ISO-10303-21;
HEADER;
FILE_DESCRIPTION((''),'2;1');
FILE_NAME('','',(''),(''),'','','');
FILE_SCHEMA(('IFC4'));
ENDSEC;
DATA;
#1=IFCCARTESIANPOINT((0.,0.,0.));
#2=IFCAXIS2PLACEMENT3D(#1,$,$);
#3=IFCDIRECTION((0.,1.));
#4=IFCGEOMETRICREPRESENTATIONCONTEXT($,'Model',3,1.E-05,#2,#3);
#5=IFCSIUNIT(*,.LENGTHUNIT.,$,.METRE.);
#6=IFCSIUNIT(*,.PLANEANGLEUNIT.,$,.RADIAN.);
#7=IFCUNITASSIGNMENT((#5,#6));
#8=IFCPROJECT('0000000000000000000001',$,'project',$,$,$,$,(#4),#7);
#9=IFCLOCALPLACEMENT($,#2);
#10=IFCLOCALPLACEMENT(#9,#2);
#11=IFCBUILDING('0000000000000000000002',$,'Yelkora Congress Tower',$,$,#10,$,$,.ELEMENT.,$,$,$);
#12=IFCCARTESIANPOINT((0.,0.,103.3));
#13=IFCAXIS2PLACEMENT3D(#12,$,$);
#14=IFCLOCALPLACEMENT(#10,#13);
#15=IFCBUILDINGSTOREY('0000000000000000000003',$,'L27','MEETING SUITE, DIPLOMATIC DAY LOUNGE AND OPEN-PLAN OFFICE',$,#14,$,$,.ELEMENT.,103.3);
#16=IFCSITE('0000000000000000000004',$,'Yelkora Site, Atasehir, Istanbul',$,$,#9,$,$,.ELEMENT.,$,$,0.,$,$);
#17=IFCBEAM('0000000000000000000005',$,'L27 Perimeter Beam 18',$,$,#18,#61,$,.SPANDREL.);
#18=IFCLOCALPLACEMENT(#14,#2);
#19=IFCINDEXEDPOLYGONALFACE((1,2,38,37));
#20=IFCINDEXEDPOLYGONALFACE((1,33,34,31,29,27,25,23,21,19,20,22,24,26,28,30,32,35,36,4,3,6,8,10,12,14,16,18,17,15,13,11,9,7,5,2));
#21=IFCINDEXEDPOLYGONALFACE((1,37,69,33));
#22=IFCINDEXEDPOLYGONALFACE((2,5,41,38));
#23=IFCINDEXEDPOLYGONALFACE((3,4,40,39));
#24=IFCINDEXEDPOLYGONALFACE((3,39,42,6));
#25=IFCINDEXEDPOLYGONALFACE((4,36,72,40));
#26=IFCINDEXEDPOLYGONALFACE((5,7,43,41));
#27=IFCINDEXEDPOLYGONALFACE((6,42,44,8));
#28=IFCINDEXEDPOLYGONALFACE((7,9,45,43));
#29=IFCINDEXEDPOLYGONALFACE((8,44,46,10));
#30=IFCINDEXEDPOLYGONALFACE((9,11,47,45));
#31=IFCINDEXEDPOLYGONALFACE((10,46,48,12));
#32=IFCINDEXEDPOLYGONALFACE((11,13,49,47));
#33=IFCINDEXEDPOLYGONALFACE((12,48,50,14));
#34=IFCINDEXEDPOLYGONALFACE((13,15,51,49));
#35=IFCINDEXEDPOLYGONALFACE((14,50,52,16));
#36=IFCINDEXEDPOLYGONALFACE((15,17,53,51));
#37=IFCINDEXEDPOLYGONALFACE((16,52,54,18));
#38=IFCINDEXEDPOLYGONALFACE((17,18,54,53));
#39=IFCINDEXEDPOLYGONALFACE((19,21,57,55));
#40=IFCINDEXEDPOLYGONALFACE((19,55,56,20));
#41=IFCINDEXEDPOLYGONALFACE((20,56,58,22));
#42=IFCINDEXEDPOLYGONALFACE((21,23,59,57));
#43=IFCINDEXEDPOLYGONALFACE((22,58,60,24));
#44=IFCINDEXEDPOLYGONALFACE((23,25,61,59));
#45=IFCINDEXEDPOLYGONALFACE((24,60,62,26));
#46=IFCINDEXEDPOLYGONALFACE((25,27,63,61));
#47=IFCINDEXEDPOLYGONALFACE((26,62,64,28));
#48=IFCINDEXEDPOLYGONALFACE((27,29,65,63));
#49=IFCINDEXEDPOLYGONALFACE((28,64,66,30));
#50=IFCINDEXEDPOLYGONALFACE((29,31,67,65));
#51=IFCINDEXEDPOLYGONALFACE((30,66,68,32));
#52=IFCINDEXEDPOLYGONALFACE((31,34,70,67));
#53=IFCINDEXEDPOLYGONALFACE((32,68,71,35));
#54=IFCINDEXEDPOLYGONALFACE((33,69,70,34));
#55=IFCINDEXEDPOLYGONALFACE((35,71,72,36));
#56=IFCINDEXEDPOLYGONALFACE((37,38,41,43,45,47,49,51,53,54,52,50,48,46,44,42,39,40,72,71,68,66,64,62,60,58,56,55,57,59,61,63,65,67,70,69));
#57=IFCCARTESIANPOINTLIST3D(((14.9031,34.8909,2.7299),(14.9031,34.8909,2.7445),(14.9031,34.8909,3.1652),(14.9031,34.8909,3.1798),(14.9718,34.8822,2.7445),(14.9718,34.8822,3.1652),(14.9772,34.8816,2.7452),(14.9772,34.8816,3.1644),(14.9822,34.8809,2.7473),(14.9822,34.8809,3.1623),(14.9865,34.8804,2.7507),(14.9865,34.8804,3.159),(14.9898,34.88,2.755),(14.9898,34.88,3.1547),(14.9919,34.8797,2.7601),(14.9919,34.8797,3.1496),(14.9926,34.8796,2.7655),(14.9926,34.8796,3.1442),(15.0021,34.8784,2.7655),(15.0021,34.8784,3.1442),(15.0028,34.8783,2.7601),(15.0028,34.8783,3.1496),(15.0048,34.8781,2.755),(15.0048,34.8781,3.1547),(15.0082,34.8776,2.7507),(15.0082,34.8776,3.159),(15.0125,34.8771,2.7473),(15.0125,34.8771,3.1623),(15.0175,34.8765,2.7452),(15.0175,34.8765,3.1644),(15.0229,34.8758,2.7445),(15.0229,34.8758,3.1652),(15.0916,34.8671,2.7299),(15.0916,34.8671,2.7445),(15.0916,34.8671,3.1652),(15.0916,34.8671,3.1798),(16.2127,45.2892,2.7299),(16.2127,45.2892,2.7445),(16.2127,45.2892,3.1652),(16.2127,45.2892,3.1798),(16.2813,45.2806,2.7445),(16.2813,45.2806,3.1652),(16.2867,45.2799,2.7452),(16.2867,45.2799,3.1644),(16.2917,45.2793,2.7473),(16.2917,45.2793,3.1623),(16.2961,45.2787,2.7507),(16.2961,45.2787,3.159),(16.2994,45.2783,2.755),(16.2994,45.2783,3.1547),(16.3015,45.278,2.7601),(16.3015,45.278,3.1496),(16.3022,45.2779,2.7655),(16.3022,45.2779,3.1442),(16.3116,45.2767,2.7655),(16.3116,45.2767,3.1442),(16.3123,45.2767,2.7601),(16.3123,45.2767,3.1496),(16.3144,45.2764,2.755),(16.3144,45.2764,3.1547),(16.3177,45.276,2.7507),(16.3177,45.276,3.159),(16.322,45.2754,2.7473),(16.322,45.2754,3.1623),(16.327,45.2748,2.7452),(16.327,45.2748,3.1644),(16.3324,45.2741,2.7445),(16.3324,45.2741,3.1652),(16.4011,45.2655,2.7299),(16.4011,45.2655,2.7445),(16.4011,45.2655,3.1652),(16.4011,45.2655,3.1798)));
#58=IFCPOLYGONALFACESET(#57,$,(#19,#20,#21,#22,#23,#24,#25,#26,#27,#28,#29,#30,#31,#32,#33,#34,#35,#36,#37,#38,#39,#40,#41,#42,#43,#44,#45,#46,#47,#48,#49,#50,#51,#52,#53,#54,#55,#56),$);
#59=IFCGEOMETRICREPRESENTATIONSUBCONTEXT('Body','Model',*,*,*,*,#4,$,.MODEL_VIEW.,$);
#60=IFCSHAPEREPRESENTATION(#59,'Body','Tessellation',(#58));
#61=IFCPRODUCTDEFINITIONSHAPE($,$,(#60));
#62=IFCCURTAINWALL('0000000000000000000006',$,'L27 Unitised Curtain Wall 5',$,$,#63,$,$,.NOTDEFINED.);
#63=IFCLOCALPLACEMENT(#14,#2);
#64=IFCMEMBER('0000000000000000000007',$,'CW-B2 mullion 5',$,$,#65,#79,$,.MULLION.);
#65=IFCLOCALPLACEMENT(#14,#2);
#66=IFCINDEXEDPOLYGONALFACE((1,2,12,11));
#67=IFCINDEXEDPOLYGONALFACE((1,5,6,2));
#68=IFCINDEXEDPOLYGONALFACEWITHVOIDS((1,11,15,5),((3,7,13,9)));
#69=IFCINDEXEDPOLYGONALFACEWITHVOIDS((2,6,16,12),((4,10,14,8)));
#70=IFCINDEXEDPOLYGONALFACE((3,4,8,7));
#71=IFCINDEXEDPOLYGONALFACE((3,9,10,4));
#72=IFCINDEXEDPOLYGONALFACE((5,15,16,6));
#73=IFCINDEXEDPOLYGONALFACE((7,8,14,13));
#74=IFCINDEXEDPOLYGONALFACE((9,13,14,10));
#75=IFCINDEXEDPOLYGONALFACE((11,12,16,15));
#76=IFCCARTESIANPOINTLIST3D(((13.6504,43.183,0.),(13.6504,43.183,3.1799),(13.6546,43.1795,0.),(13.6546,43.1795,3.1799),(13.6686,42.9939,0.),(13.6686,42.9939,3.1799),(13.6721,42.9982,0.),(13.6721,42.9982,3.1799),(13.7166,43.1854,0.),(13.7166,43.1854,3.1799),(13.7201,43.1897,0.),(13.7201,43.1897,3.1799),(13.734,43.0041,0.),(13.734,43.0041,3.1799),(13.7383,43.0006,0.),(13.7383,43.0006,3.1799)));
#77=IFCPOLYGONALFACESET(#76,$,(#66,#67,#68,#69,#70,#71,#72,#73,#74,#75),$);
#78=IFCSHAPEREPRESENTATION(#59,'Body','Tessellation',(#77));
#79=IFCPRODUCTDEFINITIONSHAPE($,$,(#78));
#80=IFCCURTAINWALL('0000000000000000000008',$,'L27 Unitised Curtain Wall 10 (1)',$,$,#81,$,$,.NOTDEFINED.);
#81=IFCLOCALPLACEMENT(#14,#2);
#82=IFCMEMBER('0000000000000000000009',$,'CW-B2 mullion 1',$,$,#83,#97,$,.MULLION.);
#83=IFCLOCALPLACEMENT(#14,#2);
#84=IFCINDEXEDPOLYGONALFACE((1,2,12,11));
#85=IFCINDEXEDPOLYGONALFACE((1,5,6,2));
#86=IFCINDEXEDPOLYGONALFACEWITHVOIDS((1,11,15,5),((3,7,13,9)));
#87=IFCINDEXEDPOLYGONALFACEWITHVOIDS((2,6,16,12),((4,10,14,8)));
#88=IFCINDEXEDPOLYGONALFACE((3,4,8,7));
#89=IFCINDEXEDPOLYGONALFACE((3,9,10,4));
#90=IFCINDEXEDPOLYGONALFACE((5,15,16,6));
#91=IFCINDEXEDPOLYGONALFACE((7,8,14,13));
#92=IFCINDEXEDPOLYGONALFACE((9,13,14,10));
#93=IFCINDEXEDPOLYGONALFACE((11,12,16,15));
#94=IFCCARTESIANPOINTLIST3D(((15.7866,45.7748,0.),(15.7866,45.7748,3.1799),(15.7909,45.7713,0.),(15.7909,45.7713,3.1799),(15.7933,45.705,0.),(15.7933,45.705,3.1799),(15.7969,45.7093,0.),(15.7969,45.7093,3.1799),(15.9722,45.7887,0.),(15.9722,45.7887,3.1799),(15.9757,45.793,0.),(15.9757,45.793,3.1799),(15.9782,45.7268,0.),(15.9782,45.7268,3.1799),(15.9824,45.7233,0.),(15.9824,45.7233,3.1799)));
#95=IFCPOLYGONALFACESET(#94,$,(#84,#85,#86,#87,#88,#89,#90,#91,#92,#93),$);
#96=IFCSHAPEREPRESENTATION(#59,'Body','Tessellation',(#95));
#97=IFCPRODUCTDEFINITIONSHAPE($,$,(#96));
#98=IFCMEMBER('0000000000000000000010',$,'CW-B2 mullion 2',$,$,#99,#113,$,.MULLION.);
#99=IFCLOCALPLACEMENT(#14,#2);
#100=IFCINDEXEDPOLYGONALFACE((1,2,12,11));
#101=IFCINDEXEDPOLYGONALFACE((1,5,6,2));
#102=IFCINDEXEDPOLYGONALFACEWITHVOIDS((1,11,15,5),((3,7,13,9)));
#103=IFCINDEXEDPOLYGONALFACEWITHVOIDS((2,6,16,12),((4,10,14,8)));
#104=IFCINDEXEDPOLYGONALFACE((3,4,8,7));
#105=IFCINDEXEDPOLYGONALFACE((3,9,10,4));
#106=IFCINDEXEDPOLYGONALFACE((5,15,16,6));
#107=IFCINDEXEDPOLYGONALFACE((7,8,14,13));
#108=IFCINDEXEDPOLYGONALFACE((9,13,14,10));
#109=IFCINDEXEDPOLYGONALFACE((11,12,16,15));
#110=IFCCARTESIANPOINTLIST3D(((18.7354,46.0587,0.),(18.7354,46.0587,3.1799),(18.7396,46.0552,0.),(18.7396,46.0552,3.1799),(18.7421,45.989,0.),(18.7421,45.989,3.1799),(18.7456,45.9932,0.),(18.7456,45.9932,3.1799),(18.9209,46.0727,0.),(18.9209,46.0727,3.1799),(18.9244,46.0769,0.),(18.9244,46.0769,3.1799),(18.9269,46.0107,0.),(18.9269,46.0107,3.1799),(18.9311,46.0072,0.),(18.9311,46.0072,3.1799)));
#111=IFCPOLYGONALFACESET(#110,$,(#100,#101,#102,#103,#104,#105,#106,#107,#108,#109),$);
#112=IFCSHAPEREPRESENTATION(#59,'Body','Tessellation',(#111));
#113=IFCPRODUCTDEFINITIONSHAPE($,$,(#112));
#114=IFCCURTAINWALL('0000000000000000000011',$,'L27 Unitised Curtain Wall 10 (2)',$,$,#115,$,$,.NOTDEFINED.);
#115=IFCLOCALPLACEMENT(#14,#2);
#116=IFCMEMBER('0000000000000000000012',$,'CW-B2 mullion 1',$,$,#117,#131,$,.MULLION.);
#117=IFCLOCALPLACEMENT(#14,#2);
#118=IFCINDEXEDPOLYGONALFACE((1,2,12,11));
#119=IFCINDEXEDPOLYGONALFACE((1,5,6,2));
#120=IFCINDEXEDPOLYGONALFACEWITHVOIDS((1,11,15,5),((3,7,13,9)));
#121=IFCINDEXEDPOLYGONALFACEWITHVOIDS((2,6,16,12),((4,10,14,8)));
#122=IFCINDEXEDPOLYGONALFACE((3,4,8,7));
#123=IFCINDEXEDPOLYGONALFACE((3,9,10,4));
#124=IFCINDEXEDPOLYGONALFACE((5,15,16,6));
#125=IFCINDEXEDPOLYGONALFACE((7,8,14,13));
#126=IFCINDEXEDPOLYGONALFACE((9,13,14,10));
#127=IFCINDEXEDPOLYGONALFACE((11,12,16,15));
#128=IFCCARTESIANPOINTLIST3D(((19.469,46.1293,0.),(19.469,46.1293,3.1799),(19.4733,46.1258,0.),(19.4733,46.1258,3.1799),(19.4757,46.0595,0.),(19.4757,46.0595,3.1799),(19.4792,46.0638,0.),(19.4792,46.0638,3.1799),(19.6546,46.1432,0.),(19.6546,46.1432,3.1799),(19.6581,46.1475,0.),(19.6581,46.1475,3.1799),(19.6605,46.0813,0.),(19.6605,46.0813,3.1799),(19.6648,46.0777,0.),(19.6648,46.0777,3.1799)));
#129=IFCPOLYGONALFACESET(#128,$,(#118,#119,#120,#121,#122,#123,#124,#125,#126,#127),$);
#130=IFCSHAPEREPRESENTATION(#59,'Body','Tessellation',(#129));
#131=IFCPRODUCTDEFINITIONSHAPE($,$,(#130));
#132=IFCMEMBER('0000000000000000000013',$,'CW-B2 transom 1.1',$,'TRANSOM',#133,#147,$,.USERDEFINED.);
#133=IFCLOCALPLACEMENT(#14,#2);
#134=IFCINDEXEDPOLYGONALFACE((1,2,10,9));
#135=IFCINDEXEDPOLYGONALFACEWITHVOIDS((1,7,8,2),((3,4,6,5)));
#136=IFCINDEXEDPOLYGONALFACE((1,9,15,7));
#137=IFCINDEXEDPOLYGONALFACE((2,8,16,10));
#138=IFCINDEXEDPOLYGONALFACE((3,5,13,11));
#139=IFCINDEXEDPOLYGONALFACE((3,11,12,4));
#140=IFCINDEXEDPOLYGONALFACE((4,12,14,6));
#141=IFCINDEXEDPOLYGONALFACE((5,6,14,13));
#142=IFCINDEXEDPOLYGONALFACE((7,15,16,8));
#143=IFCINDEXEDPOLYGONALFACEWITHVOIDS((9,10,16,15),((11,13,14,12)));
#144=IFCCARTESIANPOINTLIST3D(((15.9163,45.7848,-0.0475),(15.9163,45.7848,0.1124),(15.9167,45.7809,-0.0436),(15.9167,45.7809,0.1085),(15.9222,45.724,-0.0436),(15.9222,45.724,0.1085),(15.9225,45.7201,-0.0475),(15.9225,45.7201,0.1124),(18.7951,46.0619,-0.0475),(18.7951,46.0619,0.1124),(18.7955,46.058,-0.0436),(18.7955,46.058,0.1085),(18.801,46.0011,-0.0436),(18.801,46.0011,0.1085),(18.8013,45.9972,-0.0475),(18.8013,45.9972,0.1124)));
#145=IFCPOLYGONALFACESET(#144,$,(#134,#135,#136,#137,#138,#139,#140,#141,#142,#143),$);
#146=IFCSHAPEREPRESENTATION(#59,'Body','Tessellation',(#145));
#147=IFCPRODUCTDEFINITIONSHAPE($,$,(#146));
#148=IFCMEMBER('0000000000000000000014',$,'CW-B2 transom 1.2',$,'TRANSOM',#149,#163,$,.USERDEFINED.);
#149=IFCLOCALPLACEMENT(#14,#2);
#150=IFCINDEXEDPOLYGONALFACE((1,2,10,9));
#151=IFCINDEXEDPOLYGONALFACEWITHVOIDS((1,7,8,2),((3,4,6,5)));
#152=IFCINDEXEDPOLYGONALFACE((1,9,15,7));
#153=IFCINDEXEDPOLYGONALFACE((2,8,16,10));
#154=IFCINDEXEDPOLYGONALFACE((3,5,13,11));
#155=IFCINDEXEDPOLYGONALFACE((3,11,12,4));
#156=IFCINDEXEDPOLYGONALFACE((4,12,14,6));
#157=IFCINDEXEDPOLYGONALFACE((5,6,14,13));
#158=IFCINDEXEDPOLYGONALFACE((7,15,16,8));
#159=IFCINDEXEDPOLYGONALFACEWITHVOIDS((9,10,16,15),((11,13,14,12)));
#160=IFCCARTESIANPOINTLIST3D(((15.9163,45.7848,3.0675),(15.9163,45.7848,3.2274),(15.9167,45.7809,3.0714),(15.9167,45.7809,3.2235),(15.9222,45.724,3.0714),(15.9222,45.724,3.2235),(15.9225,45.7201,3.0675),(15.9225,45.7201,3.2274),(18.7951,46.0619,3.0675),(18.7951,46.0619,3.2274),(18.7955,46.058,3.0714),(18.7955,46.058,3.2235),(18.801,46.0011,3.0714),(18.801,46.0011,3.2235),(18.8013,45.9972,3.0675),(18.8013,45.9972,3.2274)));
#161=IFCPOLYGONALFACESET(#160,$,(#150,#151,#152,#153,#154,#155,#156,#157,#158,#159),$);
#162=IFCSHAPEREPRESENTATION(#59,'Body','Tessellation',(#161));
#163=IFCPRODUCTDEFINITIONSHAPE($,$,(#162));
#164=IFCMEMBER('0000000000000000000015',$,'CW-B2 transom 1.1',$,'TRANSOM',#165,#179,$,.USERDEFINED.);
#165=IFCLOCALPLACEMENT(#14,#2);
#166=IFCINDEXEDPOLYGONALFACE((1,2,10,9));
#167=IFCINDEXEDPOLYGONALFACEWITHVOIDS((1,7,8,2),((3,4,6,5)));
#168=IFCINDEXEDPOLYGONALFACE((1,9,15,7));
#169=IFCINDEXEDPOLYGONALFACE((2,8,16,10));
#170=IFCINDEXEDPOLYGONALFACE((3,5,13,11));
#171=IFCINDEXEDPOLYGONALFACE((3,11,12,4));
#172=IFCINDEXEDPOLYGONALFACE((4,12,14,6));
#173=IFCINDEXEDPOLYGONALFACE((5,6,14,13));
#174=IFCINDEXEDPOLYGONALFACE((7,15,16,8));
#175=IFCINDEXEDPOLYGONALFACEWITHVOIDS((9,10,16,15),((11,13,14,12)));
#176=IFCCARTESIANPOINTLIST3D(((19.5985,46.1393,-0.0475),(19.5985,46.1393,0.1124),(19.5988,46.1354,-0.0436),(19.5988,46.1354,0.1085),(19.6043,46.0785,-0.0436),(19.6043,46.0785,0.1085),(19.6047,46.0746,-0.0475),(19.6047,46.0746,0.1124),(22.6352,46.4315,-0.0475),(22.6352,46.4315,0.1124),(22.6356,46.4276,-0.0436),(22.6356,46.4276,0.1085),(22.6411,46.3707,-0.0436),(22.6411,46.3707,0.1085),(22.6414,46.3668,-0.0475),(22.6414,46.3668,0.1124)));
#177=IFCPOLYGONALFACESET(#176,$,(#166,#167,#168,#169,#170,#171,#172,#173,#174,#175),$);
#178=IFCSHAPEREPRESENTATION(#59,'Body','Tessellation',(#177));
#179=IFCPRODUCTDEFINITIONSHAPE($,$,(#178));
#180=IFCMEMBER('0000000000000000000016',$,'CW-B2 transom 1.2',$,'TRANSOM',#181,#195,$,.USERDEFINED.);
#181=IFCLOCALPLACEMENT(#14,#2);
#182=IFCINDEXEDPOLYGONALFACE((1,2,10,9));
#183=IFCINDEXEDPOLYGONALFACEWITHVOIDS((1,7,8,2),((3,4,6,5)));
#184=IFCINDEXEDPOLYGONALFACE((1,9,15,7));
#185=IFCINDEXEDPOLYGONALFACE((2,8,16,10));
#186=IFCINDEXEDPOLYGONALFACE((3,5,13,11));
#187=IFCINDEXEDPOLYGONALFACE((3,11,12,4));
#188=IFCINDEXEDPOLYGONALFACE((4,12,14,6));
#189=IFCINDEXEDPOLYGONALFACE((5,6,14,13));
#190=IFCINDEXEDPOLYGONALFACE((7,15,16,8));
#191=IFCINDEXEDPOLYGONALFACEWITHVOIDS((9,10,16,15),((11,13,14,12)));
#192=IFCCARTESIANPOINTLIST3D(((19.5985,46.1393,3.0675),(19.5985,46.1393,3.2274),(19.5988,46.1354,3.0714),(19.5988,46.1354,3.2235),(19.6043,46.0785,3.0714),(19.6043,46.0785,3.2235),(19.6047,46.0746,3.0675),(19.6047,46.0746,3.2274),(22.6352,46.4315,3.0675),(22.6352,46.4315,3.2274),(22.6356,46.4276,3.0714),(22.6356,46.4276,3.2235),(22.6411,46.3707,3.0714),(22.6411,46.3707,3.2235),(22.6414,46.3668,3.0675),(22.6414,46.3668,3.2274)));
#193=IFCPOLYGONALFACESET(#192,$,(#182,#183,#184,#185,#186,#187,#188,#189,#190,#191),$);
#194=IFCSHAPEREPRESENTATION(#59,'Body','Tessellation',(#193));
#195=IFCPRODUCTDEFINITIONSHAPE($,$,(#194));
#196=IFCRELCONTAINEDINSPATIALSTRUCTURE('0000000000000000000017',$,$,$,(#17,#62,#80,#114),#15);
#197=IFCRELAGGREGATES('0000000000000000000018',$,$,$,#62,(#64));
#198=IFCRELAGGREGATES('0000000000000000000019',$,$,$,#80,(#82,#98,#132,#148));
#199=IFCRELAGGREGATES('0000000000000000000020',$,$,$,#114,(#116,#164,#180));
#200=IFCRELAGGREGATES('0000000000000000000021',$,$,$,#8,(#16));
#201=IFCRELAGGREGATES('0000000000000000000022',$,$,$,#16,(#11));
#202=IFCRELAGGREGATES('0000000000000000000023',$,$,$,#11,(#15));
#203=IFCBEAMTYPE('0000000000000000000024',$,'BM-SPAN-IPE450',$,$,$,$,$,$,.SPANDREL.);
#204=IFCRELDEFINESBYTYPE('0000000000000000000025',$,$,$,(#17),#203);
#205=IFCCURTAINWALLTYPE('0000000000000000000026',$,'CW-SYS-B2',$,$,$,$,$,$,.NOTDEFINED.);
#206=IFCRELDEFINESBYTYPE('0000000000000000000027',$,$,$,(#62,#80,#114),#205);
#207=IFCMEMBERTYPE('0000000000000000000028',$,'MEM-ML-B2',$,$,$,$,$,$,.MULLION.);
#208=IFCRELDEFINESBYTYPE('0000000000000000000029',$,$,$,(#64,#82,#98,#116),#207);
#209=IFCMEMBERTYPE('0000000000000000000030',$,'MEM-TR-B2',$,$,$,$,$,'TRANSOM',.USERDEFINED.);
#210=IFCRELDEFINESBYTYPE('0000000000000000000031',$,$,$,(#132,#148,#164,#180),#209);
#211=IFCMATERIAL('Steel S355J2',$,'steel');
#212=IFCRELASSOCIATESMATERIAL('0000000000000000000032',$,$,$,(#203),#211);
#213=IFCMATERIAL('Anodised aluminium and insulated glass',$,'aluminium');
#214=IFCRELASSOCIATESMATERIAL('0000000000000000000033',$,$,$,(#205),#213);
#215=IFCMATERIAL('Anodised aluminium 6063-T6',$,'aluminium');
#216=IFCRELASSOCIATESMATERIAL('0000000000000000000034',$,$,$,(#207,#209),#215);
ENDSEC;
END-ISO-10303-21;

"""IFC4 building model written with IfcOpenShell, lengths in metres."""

from ifc_helpers import new_model, si_unit, direction, frame, origin, origin_2d, place, context, subcontext, project, spatial, hollow_rectangle, i_section, extrude, material, material_profile, profile_set, type_object, element, aggregate, save


model = new_model("IFC4")

# Units and contexts
model_context = context("Model", 3, precision=1e-05, world=origin(), true_north=direction((0.0, 1.0)))
body_context = subcontext(model_context, "Body", "Model", "MODEL_VIEW")
ifc_project = project(units=[si_unit("LENGTHUNIT", "METRE"), si_unit("PLANEANGLEUNIT", "RADIAN")], contexts=[model_context])

# Site, building, storey
site_placement = place(None, origin())
site = spatial("IfcSite", under=ifc_project, at=site_placement, Name="Yelkora Site, Atasehir, Istanbul", CompositionType="ELEMENT", RefElevation=0.0)
building_placement = place(site_placement, origin())
building = spatial("IfcBuilding", under=site, at=building_placement, Name="Yelkora Congress Tower", CompositionType="ELEMENT")
storey_placement = place(building_placement, frame((0.0, 0.0, 103.3)))
storey = spatial("IfcBuildingStorey", under=building, at=storey_placement, Name="L27", Description="MEETING SUITE, DIPLOMATIC DAY LOUNGE AND OPEN-PLAN OFFICE", CompositionType="ELEMENT", Elevation=103.3)

# Beam
ifc_material_1 = material(Name="Steel S355J2", Category="steel")
ifc_material_profile_1 = material_profile(ifc_material_1, i_section(OverallWidth=0.1899, OverallDepth=0.45, WebThickness=0.0095, FlangeThickness=0.0146, FilletRadius=0.021, at=origin_2d()), Name="IPE 450")
ifc_profile_set_1 = profile_set([ifc_material_profile_1], Name="Steel S355J2")
beam_type_1 = type_object("IfcBeamType", Name="BM-SPAN-IPE450", PredefinedType="SPANDREL", material=ifc_profile_set_1)
beam_1_placement = place(storey_placement, frame((16.3069, 45.2773, 2.9548), z_axis=(-0.124952, -0.992163, 0.0), x_axis=(0.992163, -0.124952, 0.0)))
element("IfcBeam", 1, at=beam_1_placement, inside=storey, type_object=beam_type_1, Name="L27 Perimeter Beam 18", PredefinedType="SPANDREL", context=body_context, shape_type="SweptSolid", body=[
    extrude(i_section(OverallWidth=0.1899, OverallDepth=0.45, WebThickness=0.0095, FlangeThickness=0.0146, FilletRadius=0.021, at=origin_2d()), origin(), (0.0, 0.0, 1.0), 10.4805),
])

# Curtain wall, member
ifc_material_2 = material(Name="Anodised aluminium and insulated glass", Category="aluminium")
curtain_wall_type = type_object("IfcCurtainWallType", Name="CW-SYS-B2", PredefinedType="NOTDEFINED", material=ifc_material_2)
curtain_wall_1_placement = place(storey_placement, origin())
curtain_wall_1 = element("IfcCurtainWall", 2, at=curtain_wall_1_placement, inside=storey, type_object=curtain_wall_type, Name="L27 Unitised Curtain Wall 5", PredefinedType="NOTDEFINED")
ifc_material_3 = material(Name="Anodised aluminium 6063-T6", Category="aluminium")
ifc_material_profile_2 = material_profile(ifc_material_3, hollow_rectangle(XDim=0.0701, YDim=0.1899, WallThickness=0.0039, at=origin_2d()), Name="ALU 70x190x4")
ifc_profile_set_2 = profile_set([ifc_material_profile_2], Name="Anodised aluminium 6063-T6")
member_type_1 = type_object("IfcMemberType", Name="MEM-ML-B2", PredefinedType="MULLION", material=ifc_profile_set_2)
member_1_placement = place(storey_placement, frame((13.6943, 43.0918, 0.0), z_axis=(0.0, 0.0, 1.0), x_axis=(-0.995397, -0.095843, 0.0)))
member_1 = element("IfcMember", 3, at=member_1_placement, type_object=member_type_1, Name="CW-B2 mullion 5", PredefinedType="MULLION", context=body_context, shape_type="SweptSolid", body=[
    extrude(hollow_rectangle(XDim=0.0701, YDim=0.1899, WallThickness=0.0039, at=origin_2d()), origin(), (0.0, 0.0, 1.0), 3.1799),
])

# Curtain wall, members
curtain_wall_2_placement = place(storey_placement, origin())
curtain_wall_2 = element("IfcCurtainWall", 4, at=curtain_wall_2_placement, inside=storey, type_object=curtain_wall_type, Name="L27 Unitised Curtain Wall 10 (1)", PredefinedType="NOTDEFINED")
member_2_placement = place(storey_placement, frame((15.8845, 45.749, 0.0), z_axis=(0.0, 0.0, 1.0), x_axis=(-0.095839, 0.995397, 0.0)))
member_2 = element("IfcMember", 5, at=member_2_placement, type_object=member_type_1, Name="CW-B2 mullion 1", PredefinedType="MULLION", context=body_context, shape_type="SweptSolid", body=[
    extrude(hollow_rectangle(XDim=0.0701, YDim=0.1899, WallThickness=0.0039, at=origin_2d()), origin(), (0.0, 0.0, 1.0), 3.1799),
])
member_3_placement = place(storey_placement, frame((18.8333, 46.033, 0.0), z_axis=(0.0, 0.0, 1.0), x_axis=(-0.095839, 0.995397, 0.0)))
member_3 = element("IfcMember", 6, at=member_3_placement, type_object=member_type_1, Name="CW-B2 mullion 2", PredefinedType="MULLION", context=body_context, shape_type="SweptSolid", body=[
    extrude(hollow_rectangle(XDim=0.0701, YDim=0.1899, WallThickness=0.0039, at=origin_2d()), origin(), (0.0, 0.0, 1.0), 3.1799),
])

# Curtain wall, member
curtain_wall_3_placement = place(storey_placement, origin())
curtain_wall_3 = element("IfcCurtainWall", 7, at=curtain_wall_3_placement, inside=storey, type_object=curtain_wall_type, Name="L27 Unitised Curtain Wall 10 (2)", PredefinedType="NOTDEFINED")
member_4_placement = place(storey_placement, frame((19.5669, 46.1035, 0.0), z_axis=(0.0, 0.0, 1.0), x_axis=(-0.095841, 0.995397, 0.0)))
member_4 = element("IfcMember", 8, at=member_4_placement, type_object=member_type_1, Name="CW-B2 mullion 1", PredefinedType="MULLION", context=body_context, shape_type="SweptSolid", body=[
    extrude(hollow_rectangle(XDim=0.0701, YDim=0.1899, WallThickness=0.0039, at=origin_2d()), origin(), (0.0, 0.0, 1.0), 3.1799),
])

# Members
ifc_material_profile_3 = material_profile(ifc_material_3, hollow_rectangle(XDim=0.0649, YDim=0.1599, WallThickness=0.0039, at=origin_2d()), Name="ALU 65x160x4")
ifc_profile_set_3 = profile_set([ifc_material_profile_3], Name="Anodised aluminium 6063-T6")
member_type_2 = type_object("IfcMemberType", Name="MEM-TR-B2", ElementType="TRANSOM", PredefinedType="USERDEFINED", material=ifc_profile_set_3)
member_5_placement = place(storey_placement, frame((15.9194, 45.7524, 0.0325), z_axis=(0.9954, 0.095809, 0.0), x_axis=(-0.095809, 0.9954, 0.0)))
member_5 = element("IfcMember", 9, at=member_5_placement, type_object=member_type_2, Name="CW-B2 transom 1.1", ObjectType="TRANSOM", PredefinedType="USERDEFINED", context=body_context, shape_type="SweptSolid", body=[
    extrude(hollow_rectangle(XDim=0.0649, YDim=0.1599, WallThickness=0.0039, at=origin_2d()), origin(), (0.0, 0.0, 1.0), 2.8921),
])
member_6_placement = place(storey_placement, frame((15.9194, 45.7524, 3.1475), z_axis=(0.9954, 0.095809, 0.0), x_axis=(-0.095809, 0.9954, 0.0)))
member_6 = element("IfcMember", 10, at=member_6_placement, type_object=member_type_2, Name="CW-B2 transom 1.2", ObjectType="TRANSOM", PredefinedType="USERDEFINED", context=body_context, shape_type="SweptSolid", body=[
    extrude(hollow_rectangle(XDim=0.0649, YDim=0.1599, WallThickness=0.0039, at=origin_2d()), origin(), (0.0, 0.0, 1.0), 2.8921),
])
member_7_placement = place(storey_placement, frame((19.6016, 46.1069, 0.0325), z_axis=(0.995402, 0.095787, 0.0), x_axis=(-0.095787, 0.995402, 0.0)))
member_7 = element("IfcMember", 11, at=member_7_placement, type_object=member_type_2, Name="CW-B2 transom 1.1", ObjectType="TRANSOM", PredefinedType="USERDEFINED", context=body_context, shape_type="SweptSolid", body=[
    extrude(hollow_rectangle(XDim=0.0649, YDim=0.1599, WallThickness=0.0039, at=origin_2d()), origin(), (0.0, 0.0, 1.0), 3.0508),
])
member_8_placement = place(storey_placement, frame((19.6016, 46.1069, 3.1475), z_axis=(0.995402, 0.095787, 0.0), x_axis=(-0.095787, 0.995402, 0.0)))
member_8 = element("IfcMember", 12, at=member_8_placement, type_object=member_type_2, Name="CW-B2 transom 1.2", ObjectType="TRANSOM", PredefinedType="USERDEFINED", context=body_context, shape_type="SweptSolid", body=[
    extrude(hollow_rectangle(XDim=0.0649, YDim=0.1599, WallThickness=0.0039, at=origin_2d()), origin(), (0.0, 0.0, 1.0), 3.0508),
])

aggregate(curtain_wall_1, [member_1])
aggregate(curtain_wall_2, [member_2, member_3, member_5, member_6])
aggregate(curtain_wall_3, [member_4, member_7, member_8])

save(model, "model.ifc")
